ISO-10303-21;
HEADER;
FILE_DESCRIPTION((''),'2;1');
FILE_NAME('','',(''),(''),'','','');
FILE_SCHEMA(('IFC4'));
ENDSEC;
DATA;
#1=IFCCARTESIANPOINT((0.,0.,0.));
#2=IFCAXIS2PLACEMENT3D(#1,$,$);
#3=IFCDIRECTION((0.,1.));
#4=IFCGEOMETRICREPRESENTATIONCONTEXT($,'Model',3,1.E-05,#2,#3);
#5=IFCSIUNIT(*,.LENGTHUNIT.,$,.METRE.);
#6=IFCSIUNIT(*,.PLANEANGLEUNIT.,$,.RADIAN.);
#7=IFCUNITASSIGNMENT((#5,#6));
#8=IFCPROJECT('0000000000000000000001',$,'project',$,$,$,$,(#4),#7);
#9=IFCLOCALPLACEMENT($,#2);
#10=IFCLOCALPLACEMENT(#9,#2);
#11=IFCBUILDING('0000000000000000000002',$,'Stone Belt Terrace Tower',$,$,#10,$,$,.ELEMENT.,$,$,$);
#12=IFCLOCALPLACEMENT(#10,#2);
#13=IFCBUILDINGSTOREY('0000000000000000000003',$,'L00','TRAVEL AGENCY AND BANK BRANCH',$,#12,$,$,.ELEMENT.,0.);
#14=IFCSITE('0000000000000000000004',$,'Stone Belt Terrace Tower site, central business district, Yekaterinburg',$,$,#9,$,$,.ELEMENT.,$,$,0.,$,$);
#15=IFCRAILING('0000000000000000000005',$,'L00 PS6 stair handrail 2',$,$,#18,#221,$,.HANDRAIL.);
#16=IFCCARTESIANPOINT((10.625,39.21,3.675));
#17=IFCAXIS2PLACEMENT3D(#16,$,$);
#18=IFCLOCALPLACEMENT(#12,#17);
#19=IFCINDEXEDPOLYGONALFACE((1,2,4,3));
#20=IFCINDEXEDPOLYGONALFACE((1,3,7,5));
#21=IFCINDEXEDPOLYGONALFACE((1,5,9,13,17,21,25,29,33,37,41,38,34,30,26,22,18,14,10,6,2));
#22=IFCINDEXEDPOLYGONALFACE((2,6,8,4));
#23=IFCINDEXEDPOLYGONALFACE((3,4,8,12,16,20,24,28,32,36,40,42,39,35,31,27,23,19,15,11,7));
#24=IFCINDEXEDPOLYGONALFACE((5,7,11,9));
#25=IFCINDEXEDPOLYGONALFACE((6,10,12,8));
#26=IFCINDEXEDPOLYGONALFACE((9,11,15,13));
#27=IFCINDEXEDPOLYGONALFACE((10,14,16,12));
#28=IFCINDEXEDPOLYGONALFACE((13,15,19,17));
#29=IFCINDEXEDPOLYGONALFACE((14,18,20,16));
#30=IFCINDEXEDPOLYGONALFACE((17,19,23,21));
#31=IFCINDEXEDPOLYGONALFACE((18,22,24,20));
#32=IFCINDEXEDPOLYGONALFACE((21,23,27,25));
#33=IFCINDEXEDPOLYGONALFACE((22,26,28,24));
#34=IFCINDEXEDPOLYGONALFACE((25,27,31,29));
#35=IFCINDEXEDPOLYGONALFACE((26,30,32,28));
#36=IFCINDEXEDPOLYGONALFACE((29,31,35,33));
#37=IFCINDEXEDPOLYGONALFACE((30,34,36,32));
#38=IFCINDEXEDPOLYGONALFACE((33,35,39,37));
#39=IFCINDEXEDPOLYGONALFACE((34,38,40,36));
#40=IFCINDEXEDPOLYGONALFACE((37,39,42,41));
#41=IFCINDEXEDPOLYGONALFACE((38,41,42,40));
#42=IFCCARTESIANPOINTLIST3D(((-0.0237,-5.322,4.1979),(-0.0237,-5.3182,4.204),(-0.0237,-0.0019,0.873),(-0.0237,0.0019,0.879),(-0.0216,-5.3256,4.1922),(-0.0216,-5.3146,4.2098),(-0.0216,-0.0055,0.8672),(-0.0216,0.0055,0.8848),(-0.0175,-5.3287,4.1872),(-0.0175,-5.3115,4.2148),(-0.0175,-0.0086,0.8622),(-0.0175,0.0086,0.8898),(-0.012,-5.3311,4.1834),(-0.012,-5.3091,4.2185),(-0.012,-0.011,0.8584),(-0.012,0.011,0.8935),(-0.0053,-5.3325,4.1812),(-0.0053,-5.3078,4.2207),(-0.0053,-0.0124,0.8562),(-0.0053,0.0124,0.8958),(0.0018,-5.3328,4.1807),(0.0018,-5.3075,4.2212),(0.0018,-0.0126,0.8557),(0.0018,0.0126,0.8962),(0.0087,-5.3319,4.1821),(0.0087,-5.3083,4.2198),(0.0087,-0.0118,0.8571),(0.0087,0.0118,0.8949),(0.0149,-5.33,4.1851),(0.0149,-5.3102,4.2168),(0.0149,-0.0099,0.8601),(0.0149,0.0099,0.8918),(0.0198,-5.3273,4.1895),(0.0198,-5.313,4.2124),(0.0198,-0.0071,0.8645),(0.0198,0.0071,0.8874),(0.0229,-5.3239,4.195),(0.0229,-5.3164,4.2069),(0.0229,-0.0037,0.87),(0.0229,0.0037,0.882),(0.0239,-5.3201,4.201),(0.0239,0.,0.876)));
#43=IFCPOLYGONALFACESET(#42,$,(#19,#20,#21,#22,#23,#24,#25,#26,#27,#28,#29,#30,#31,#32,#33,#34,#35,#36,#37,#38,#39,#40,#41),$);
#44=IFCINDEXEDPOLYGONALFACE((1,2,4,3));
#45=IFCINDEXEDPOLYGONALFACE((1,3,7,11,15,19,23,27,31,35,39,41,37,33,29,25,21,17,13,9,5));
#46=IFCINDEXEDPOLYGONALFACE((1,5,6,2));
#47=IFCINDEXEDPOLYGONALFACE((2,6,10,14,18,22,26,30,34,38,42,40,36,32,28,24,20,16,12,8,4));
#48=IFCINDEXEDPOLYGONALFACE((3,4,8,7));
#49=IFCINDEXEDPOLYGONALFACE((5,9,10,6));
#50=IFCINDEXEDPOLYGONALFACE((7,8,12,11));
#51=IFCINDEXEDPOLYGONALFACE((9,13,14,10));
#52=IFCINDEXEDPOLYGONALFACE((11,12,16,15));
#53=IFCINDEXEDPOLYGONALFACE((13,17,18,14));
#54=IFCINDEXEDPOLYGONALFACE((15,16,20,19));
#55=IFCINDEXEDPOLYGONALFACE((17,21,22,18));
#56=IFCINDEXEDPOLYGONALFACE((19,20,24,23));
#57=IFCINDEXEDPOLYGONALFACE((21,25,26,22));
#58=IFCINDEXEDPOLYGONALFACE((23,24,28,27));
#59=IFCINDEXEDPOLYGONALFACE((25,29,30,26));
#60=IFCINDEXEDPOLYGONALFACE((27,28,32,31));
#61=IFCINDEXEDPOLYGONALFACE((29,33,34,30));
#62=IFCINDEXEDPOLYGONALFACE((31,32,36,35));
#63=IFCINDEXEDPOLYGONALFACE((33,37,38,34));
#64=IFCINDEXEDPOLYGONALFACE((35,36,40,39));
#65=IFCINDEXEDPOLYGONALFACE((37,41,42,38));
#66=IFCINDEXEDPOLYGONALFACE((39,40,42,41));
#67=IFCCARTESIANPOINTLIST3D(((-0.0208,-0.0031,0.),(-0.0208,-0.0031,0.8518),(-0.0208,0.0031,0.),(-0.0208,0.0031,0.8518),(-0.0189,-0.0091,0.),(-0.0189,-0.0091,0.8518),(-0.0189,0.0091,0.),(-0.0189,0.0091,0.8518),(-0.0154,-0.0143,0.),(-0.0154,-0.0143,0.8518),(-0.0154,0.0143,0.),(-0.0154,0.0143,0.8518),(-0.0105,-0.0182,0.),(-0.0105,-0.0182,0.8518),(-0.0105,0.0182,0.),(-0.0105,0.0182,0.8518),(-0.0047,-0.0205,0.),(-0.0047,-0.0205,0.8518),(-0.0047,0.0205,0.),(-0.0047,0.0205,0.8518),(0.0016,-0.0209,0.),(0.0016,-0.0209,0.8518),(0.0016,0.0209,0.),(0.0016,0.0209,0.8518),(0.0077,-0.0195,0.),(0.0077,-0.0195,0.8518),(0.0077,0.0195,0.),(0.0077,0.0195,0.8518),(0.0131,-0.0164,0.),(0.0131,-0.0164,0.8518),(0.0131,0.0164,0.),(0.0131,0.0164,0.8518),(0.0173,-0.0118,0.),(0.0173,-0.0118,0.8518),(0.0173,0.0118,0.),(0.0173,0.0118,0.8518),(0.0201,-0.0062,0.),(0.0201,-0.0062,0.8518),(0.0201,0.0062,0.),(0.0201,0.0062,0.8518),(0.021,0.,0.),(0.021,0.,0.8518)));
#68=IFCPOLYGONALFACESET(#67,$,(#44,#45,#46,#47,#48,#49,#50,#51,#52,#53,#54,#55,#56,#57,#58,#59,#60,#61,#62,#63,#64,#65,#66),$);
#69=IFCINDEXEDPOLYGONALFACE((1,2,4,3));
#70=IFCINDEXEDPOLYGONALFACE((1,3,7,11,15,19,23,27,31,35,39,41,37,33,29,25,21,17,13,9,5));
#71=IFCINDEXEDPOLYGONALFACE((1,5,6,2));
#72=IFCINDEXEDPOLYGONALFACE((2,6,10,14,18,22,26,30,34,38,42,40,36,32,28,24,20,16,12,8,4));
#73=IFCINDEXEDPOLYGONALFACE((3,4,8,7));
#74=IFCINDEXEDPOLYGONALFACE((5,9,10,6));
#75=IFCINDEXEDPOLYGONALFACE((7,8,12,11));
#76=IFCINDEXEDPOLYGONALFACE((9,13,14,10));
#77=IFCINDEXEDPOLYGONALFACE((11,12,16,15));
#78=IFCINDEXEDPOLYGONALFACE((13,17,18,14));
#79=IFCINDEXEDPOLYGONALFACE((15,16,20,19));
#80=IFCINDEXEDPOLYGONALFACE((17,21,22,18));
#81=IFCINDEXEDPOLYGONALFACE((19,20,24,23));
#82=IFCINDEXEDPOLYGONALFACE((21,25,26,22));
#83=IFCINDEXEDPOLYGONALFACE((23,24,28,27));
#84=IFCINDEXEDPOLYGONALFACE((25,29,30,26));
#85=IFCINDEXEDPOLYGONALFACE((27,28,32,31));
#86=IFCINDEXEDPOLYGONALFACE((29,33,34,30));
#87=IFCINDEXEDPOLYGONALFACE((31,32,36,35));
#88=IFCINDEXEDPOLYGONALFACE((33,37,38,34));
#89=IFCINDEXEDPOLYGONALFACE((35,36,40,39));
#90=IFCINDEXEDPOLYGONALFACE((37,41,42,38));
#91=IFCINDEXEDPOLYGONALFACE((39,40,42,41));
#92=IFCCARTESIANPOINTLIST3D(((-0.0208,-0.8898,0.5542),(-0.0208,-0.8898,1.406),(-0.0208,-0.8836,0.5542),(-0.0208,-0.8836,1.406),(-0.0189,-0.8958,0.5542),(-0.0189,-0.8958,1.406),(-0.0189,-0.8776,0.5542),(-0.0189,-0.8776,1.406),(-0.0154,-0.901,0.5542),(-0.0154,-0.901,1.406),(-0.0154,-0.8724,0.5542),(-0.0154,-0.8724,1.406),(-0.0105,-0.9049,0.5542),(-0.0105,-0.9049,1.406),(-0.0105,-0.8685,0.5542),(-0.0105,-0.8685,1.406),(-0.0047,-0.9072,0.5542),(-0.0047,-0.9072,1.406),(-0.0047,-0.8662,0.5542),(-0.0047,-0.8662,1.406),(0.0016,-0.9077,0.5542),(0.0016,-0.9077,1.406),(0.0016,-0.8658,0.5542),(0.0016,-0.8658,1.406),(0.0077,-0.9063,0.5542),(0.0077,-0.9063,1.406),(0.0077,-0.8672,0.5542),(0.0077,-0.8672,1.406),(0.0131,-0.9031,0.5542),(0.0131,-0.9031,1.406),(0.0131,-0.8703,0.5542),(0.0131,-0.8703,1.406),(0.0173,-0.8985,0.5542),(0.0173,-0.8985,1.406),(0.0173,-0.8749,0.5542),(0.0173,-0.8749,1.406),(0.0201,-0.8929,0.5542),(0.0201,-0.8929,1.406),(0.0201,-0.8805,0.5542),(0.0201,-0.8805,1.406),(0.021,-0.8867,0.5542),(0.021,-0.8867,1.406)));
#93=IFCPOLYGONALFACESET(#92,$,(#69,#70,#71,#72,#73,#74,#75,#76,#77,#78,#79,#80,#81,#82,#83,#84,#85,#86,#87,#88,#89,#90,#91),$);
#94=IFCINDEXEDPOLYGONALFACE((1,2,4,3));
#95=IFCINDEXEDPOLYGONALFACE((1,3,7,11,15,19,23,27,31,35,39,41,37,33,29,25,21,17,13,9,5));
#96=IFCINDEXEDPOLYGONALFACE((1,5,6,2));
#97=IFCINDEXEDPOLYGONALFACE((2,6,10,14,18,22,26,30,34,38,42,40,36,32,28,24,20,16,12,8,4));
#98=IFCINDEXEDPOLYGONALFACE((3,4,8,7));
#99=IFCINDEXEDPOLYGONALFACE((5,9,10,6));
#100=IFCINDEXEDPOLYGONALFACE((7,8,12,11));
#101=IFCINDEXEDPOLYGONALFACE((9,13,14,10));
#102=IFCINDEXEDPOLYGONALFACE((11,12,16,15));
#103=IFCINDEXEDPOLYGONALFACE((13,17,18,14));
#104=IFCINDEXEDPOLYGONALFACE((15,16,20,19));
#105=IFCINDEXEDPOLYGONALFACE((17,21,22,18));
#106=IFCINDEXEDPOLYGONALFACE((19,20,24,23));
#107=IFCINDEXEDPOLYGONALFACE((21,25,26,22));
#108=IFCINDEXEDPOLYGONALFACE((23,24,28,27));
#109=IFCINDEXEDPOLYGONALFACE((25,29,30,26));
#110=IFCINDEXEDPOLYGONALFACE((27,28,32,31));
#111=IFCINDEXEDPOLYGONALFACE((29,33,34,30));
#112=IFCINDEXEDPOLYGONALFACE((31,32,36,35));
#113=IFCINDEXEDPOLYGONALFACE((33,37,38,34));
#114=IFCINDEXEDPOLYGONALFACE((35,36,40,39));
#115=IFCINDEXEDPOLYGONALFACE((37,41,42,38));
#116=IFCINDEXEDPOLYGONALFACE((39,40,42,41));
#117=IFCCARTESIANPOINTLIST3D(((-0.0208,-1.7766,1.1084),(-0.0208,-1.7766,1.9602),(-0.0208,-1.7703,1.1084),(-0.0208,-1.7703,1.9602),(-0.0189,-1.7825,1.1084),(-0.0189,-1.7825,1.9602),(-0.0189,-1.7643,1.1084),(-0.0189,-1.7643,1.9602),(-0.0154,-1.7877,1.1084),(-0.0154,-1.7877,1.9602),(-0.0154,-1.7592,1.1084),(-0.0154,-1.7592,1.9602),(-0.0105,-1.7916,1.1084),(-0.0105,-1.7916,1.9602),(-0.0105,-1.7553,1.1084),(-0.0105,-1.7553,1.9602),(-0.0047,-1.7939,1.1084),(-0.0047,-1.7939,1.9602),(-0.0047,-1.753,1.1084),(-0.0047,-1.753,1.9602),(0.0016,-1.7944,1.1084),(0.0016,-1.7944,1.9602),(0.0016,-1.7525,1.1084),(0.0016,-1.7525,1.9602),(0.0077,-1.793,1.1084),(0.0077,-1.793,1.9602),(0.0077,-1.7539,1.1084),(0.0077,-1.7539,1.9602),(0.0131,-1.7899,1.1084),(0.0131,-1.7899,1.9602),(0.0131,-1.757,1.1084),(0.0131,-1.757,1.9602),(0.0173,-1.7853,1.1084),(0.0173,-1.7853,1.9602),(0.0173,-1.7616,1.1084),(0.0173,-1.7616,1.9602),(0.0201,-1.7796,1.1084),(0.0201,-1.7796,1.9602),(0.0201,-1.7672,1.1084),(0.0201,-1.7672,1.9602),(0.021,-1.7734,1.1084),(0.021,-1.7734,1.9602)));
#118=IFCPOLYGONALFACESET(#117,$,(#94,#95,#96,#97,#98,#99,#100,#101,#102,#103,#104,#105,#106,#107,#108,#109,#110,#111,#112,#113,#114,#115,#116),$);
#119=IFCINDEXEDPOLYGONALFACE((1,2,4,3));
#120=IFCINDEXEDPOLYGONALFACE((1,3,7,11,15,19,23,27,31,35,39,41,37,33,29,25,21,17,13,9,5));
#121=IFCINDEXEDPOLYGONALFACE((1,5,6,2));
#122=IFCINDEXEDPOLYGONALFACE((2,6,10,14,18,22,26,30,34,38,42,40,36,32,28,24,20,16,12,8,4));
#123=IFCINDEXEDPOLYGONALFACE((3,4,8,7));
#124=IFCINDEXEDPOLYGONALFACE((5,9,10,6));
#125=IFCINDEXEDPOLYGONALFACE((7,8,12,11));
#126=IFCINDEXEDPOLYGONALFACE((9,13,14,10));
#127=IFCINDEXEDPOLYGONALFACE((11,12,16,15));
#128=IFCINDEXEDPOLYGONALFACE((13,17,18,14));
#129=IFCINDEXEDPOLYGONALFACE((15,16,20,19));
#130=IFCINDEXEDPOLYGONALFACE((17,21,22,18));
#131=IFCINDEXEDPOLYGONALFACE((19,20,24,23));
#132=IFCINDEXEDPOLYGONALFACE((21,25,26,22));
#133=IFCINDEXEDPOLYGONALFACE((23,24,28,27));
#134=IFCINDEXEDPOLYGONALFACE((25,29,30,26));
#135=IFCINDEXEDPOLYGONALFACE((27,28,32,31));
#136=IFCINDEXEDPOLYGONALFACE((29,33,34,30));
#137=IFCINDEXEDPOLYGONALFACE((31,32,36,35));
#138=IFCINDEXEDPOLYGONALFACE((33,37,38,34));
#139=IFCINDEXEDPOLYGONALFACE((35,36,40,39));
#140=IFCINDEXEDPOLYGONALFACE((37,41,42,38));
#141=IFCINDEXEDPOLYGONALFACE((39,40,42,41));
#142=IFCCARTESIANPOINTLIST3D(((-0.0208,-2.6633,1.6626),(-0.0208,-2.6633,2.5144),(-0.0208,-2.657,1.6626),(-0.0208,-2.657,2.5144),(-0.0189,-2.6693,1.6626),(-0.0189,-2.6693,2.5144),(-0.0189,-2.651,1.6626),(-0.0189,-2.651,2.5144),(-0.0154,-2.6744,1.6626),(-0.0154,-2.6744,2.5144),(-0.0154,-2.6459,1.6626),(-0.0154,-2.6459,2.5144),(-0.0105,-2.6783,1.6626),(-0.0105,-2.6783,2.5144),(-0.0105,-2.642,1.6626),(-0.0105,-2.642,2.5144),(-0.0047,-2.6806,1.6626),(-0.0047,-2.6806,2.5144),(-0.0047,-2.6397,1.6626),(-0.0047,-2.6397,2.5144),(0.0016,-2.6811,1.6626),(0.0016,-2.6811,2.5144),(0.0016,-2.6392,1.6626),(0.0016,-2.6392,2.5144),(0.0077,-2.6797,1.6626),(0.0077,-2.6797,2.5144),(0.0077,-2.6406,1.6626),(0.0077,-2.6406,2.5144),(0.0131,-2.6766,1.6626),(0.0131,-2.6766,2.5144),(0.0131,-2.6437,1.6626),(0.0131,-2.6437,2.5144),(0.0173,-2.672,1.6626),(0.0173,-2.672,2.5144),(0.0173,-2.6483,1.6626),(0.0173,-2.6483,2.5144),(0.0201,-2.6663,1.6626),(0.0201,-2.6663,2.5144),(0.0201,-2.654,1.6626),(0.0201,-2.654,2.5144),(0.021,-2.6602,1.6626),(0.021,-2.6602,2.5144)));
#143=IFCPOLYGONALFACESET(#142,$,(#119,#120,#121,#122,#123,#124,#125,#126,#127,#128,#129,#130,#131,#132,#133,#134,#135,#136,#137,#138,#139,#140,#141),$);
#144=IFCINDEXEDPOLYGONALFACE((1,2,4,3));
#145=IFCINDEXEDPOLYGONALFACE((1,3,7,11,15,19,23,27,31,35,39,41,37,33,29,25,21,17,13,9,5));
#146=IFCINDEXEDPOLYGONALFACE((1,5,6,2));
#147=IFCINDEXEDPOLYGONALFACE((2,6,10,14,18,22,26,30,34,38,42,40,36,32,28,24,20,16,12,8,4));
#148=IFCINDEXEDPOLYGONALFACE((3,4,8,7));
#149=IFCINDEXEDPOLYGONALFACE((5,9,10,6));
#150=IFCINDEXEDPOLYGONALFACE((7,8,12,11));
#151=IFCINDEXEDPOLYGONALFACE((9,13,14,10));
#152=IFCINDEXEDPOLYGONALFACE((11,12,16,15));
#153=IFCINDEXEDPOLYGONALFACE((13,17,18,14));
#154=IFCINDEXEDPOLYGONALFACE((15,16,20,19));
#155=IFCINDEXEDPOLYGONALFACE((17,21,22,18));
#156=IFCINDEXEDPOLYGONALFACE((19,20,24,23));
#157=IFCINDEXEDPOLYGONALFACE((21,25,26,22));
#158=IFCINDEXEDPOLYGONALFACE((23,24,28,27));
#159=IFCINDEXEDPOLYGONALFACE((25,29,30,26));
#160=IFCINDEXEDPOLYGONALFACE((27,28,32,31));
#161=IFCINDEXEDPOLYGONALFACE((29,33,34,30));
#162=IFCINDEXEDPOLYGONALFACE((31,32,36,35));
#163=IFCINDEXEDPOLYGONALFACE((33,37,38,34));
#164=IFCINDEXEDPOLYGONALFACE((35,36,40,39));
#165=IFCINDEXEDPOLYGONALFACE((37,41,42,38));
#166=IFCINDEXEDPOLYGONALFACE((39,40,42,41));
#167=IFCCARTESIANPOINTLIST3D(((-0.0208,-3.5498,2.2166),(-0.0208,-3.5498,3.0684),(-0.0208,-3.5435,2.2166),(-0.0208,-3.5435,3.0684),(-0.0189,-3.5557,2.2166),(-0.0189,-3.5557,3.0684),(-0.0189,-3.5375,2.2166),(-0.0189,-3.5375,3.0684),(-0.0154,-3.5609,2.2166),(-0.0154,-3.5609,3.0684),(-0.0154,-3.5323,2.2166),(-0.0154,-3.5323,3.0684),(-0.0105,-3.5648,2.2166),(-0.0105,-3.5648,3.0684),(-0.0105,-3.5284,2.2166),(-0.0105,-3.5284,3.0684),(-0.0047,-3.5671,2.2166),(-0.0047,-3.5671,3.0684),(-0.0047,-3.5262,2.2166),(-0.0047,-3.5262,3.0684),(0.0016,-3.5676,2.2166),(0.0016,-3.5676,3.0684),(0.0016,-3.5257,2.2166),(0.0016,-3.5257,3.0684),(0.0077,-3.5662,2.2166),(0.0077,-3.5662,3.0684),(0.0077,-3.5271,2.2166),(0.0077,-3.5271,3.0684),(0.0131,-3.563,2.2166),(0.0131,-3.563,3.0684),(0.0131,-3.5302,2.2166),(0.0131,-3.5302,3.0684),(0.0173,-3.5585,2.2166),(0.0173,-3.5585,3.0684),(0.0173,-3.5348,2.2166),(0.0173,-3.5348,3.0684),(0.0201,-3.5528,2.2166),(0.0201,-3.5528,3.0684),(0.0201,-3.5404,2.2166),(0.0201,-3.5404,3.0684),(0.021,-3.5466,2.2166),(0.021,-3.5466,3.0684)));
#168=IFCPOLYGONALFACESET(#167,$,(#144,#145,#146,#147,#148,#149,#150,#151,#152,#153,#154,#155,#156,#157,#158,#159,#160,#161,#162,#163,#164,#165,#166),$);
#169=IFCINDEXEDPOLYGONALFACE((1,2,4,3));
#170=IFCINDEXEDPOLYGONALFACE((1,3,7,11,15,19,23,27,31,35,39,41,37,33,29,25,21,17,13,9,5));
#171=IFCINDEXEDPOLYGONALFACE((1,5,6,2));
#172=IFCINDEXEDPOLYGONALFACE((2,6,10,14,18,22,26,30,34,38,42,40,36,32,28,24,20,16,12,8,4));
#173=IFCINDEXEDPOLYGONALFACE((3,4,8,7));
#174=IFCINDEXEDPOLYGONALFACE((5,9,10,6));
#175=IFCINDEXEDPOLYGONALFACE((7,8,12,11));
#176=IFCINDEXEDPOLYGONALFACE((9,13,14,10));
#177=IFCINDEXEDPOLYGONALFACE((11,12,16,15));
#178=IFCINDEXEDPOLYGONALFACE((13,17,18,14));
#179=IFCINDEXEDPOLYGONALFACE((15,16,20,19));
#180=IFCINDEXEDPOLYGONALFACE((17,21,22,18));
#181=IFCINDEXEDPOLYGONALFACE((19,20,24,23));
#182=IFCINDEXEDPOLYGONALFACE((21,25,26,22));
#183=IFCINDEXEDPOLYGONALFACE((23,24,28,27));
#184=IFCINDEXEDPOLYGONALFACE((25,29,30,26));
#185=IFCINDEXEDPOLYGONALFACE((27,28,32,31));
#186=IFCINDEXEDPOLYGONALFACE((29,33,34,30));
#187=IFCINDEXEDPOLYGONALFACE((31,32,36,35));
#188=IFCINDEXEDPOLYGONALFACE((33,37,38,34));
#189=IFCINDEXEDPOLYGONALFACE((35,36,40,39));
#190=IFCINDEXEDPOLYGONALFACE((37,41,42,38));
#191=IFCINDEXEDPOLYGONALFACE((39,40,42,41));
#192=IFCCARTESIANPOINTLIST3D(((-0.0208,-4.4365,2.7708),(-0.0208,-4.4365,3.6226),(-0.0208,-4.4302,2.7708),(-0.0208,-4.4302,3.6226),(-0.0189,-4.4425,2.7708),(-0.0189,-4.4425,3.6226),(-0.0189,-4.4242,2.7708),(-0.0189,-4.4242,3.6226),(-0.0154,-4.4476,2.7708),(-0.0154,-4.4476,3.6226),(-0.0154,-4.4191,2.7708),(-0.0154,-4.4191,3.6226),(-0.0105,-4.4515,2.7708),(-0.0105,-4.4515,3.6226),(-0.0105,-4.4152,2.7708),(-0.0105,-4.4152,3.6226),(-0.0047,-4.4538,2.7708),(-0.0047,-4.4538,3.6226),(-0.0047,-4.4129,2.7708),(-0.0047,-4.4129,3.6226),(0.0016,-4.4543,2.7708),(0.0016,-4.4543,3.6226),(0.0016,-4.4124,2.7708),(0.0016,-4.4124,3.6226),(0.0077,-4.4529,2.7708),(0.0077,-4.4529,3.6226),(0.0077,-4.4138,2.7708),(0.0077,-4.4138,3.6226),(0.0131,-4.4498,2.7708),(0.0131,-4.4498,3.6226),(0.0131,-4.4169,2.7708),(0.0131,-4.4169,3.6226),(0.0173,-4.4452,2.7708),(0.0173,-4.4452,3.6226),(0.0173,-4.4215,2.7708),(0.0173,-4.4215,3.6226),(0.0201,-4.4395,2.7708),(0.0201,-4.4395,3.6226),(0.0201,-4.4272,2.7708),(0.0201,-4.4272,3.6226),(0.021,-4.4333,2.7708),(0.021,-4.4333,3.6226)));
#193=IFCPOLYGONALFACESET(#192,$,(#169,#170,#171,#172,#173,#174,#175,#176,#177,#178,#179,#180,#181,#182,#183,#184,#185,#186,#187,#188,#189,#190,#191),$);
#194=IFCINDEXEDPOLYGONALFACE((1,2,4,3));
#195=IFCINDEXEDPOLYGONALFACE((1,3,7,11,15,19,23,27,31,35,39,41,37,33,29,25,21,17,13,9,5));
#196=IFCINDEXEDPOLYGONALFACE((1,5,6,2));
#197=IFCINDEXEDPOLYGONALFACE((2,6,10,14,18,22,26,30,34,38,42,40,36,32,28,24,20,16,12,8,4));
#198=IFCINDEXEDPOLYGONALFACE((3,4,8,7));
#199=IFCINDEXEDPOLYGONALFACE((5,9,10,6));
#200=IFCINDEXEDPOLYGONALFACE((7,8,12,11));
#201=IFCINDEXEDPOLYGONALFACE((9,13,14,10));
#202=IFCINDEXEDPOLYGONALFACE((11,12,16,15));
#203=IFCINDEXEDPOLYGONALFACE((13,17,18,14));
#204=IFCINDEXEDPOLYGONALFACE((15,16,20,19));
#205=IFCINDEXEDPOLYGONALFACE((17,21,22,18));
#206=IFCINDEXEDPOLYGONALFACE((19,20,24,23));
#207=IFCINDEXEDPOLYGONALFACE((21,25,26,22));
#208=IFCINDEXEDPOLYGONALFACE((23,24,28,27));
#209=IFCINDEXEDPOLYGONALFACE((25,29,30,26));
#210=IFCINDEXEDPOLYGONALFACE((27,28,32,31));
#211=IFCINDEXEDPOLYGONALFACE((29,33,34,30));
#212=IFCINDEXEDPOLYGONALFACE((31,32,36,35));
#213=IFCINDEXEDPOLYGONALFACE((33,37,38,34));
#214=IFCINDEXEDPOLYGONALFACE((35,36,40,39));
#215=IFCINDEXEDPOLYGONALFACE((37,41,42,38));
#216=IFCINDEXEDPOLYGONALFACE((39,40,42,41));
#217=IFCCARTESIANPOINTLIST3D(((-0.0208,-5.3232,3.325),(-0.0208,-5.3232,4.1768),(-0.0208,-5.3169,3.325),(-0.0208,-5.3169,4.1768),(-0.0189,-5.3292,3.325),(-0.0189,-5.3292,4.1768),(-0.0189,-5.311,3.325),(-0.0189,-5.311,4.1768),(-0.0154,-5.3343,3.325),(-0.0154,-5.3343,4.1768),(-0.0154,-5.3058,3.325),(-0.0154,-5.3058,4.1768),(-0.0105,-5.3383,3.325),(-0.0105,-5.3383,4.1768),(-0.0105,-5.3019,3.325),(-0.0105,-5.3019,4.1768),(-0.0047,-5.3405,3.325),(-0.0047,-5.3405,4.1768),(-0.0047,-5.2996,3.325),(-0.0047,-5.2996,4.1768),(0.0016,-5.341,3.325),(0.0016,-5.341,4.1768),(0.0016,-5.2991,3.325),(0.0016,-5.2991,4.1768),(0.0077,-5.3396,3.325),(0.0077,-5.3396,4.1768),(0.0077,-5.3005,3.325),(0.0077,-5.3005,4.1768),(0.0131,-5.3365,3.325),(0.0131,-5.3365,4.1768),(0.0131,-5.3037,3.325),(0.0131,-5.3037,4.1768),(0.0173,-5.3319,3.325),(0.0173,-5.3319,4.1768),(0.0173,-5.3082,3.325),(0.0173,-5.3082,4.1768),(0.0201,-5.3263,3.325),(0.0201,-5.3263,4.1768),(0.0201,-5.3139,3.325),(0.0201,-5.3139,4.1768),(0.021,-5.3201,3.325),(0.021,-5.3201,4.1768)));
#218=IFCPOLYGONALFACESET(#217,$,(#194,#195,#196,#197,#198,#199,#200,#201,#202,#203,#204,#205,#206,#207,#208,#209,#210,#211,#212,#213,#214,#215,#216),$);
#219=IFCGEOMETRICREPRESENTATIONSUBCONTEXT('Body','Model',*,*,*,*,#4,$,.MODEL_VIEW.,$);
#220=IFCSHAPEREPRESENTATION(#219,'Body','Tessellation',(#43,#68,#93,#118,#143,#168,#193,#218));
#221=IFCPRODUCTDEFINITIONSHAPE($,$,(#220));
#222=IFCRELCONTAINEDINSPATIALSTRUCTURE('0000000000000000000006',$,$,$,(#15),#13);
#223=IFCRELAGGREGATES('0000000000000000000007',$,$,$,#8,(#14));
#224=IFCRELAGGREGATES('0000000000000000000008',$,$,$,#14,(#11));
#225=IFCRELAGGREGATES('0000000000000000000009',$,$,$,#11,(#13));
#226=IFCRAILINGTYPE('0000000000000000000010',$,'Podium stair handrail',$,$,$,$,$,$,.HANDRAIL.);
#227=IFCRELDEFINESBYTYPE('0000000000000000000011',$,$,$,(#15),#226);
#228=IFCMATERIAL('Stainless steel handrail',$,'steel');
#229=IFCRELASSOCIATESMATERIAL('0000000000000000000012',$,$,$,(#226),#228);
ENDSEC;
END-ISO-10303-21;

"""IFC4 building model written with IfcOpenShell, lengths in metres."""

from ifc_helpers import new_model, si_unit, direction, frame, origin, origin_2d, place, context, subcontext, project, spatial, circle, extrude, material, type_object, element, save


model = new_model("IFC4")

# Units and contexts
model_context = context("Model", 3, precision=1e-05, world=origin(), true_north=direction((0.0, 1.0)))
body_context = subcontext(model_context, "Body", "Model", "MODEL_VIEW")
ifc_project = project(units=[si_unit("LENGTHUNIT", "METRE"), si_unit("PLANEANGLEUNIT", "RADIAN")], contexts=[model_context])

# Site, building, storey
site_placement = place(None, origin())
site = spatial("IfcSite", under=ifc_project, at=site_placement, Name="Stone Belt Terrace Tower site, central business district, Yekaterinburg", CompositionType="ELEMENT", RefElevation=0.0)
building_placement = place(site_placement, origin())
building = spatial("IfcBuilding", under=site, at=building_placement, Name="Stone Belt Terrace Tower", CompositionType="ELEMENT")
storey_placement = place(building_placement, origin())
storey = spatial("IfcBuildingStorey", under=building, at=storey_placement, Name="L00", Description="TRAVEL AGENCY AND BANK BRANCH", CompositionType="ELEMENT", Elevation=0.0)

# Railing
ifc_material_1 = material(Name="Stainless steel handrail", Category="steel")
railing_type_1 = type_object("IfcRailingType", Name="Podium stair handrail", PredefinedType="HANDRAIL", material=ifc_material_1)
railing_1_placement = place(storey_placement, frame((10.625, 39.21, 3.675)))
element("IfcRailing", 1, at=railing_1_placement, inside=storey, type_object=railing_type_1, Name="L00 PS6 stair handrail 2", PredefinedType="HANDRAIL", context=body_context, shape_type="SweptSolid", body=[
    extrude(circle(Radius=0.0239, at=origin_2d()), frame((0.0, 0.0, 0.876), z_axis=(0.0, -0.848005, 0.529988), x_axis=(1.0, 0.0, 0.0)), (0.0, 0.0, 1.0), 6.2737),
    extrude(circle(Radius=0.021, at=origin_2d()), origin(), (0.0, 0.0, 1.0), 0.8518),
    extrude(circle(Radius=0.021, at=origin_2d()), frame((0.0, -0.8867, 0.5542)), (0.0, 0.0, 1.0), 0.8518),
    extrude(circle(Radius=0.021, at=origin_2d()), frame((0.0, -1.7734, 1.1084)), (0.0, 0.0, 1.0), 0.8518),
    extrude(circle(Radius=0.021, at=origin_2d()), frame((0.0, -2.6602, 1.6626)), (0.0, 0.0, 1.0), 0.8518),
    extrude(circle(Radius=0.021, at=origin_2d()), frame((0.0, -3.5466, 2.2166)), (0.0, 0.0, 1.0), 0.8518),
    extrude(circle(Radius=0.021, at=origin_2d()), frame((0.0, -4.4333, 2.7708)), (0.0, 0.0, 1.0), 0.8518),
    extrude(circle(Radius=0.021, at=origin_2d()), frame((0.0, -5.3201, 3.325)), (0.0, 0.0, 1.0), 0.8518),
])

save(model, "model.ifc")
